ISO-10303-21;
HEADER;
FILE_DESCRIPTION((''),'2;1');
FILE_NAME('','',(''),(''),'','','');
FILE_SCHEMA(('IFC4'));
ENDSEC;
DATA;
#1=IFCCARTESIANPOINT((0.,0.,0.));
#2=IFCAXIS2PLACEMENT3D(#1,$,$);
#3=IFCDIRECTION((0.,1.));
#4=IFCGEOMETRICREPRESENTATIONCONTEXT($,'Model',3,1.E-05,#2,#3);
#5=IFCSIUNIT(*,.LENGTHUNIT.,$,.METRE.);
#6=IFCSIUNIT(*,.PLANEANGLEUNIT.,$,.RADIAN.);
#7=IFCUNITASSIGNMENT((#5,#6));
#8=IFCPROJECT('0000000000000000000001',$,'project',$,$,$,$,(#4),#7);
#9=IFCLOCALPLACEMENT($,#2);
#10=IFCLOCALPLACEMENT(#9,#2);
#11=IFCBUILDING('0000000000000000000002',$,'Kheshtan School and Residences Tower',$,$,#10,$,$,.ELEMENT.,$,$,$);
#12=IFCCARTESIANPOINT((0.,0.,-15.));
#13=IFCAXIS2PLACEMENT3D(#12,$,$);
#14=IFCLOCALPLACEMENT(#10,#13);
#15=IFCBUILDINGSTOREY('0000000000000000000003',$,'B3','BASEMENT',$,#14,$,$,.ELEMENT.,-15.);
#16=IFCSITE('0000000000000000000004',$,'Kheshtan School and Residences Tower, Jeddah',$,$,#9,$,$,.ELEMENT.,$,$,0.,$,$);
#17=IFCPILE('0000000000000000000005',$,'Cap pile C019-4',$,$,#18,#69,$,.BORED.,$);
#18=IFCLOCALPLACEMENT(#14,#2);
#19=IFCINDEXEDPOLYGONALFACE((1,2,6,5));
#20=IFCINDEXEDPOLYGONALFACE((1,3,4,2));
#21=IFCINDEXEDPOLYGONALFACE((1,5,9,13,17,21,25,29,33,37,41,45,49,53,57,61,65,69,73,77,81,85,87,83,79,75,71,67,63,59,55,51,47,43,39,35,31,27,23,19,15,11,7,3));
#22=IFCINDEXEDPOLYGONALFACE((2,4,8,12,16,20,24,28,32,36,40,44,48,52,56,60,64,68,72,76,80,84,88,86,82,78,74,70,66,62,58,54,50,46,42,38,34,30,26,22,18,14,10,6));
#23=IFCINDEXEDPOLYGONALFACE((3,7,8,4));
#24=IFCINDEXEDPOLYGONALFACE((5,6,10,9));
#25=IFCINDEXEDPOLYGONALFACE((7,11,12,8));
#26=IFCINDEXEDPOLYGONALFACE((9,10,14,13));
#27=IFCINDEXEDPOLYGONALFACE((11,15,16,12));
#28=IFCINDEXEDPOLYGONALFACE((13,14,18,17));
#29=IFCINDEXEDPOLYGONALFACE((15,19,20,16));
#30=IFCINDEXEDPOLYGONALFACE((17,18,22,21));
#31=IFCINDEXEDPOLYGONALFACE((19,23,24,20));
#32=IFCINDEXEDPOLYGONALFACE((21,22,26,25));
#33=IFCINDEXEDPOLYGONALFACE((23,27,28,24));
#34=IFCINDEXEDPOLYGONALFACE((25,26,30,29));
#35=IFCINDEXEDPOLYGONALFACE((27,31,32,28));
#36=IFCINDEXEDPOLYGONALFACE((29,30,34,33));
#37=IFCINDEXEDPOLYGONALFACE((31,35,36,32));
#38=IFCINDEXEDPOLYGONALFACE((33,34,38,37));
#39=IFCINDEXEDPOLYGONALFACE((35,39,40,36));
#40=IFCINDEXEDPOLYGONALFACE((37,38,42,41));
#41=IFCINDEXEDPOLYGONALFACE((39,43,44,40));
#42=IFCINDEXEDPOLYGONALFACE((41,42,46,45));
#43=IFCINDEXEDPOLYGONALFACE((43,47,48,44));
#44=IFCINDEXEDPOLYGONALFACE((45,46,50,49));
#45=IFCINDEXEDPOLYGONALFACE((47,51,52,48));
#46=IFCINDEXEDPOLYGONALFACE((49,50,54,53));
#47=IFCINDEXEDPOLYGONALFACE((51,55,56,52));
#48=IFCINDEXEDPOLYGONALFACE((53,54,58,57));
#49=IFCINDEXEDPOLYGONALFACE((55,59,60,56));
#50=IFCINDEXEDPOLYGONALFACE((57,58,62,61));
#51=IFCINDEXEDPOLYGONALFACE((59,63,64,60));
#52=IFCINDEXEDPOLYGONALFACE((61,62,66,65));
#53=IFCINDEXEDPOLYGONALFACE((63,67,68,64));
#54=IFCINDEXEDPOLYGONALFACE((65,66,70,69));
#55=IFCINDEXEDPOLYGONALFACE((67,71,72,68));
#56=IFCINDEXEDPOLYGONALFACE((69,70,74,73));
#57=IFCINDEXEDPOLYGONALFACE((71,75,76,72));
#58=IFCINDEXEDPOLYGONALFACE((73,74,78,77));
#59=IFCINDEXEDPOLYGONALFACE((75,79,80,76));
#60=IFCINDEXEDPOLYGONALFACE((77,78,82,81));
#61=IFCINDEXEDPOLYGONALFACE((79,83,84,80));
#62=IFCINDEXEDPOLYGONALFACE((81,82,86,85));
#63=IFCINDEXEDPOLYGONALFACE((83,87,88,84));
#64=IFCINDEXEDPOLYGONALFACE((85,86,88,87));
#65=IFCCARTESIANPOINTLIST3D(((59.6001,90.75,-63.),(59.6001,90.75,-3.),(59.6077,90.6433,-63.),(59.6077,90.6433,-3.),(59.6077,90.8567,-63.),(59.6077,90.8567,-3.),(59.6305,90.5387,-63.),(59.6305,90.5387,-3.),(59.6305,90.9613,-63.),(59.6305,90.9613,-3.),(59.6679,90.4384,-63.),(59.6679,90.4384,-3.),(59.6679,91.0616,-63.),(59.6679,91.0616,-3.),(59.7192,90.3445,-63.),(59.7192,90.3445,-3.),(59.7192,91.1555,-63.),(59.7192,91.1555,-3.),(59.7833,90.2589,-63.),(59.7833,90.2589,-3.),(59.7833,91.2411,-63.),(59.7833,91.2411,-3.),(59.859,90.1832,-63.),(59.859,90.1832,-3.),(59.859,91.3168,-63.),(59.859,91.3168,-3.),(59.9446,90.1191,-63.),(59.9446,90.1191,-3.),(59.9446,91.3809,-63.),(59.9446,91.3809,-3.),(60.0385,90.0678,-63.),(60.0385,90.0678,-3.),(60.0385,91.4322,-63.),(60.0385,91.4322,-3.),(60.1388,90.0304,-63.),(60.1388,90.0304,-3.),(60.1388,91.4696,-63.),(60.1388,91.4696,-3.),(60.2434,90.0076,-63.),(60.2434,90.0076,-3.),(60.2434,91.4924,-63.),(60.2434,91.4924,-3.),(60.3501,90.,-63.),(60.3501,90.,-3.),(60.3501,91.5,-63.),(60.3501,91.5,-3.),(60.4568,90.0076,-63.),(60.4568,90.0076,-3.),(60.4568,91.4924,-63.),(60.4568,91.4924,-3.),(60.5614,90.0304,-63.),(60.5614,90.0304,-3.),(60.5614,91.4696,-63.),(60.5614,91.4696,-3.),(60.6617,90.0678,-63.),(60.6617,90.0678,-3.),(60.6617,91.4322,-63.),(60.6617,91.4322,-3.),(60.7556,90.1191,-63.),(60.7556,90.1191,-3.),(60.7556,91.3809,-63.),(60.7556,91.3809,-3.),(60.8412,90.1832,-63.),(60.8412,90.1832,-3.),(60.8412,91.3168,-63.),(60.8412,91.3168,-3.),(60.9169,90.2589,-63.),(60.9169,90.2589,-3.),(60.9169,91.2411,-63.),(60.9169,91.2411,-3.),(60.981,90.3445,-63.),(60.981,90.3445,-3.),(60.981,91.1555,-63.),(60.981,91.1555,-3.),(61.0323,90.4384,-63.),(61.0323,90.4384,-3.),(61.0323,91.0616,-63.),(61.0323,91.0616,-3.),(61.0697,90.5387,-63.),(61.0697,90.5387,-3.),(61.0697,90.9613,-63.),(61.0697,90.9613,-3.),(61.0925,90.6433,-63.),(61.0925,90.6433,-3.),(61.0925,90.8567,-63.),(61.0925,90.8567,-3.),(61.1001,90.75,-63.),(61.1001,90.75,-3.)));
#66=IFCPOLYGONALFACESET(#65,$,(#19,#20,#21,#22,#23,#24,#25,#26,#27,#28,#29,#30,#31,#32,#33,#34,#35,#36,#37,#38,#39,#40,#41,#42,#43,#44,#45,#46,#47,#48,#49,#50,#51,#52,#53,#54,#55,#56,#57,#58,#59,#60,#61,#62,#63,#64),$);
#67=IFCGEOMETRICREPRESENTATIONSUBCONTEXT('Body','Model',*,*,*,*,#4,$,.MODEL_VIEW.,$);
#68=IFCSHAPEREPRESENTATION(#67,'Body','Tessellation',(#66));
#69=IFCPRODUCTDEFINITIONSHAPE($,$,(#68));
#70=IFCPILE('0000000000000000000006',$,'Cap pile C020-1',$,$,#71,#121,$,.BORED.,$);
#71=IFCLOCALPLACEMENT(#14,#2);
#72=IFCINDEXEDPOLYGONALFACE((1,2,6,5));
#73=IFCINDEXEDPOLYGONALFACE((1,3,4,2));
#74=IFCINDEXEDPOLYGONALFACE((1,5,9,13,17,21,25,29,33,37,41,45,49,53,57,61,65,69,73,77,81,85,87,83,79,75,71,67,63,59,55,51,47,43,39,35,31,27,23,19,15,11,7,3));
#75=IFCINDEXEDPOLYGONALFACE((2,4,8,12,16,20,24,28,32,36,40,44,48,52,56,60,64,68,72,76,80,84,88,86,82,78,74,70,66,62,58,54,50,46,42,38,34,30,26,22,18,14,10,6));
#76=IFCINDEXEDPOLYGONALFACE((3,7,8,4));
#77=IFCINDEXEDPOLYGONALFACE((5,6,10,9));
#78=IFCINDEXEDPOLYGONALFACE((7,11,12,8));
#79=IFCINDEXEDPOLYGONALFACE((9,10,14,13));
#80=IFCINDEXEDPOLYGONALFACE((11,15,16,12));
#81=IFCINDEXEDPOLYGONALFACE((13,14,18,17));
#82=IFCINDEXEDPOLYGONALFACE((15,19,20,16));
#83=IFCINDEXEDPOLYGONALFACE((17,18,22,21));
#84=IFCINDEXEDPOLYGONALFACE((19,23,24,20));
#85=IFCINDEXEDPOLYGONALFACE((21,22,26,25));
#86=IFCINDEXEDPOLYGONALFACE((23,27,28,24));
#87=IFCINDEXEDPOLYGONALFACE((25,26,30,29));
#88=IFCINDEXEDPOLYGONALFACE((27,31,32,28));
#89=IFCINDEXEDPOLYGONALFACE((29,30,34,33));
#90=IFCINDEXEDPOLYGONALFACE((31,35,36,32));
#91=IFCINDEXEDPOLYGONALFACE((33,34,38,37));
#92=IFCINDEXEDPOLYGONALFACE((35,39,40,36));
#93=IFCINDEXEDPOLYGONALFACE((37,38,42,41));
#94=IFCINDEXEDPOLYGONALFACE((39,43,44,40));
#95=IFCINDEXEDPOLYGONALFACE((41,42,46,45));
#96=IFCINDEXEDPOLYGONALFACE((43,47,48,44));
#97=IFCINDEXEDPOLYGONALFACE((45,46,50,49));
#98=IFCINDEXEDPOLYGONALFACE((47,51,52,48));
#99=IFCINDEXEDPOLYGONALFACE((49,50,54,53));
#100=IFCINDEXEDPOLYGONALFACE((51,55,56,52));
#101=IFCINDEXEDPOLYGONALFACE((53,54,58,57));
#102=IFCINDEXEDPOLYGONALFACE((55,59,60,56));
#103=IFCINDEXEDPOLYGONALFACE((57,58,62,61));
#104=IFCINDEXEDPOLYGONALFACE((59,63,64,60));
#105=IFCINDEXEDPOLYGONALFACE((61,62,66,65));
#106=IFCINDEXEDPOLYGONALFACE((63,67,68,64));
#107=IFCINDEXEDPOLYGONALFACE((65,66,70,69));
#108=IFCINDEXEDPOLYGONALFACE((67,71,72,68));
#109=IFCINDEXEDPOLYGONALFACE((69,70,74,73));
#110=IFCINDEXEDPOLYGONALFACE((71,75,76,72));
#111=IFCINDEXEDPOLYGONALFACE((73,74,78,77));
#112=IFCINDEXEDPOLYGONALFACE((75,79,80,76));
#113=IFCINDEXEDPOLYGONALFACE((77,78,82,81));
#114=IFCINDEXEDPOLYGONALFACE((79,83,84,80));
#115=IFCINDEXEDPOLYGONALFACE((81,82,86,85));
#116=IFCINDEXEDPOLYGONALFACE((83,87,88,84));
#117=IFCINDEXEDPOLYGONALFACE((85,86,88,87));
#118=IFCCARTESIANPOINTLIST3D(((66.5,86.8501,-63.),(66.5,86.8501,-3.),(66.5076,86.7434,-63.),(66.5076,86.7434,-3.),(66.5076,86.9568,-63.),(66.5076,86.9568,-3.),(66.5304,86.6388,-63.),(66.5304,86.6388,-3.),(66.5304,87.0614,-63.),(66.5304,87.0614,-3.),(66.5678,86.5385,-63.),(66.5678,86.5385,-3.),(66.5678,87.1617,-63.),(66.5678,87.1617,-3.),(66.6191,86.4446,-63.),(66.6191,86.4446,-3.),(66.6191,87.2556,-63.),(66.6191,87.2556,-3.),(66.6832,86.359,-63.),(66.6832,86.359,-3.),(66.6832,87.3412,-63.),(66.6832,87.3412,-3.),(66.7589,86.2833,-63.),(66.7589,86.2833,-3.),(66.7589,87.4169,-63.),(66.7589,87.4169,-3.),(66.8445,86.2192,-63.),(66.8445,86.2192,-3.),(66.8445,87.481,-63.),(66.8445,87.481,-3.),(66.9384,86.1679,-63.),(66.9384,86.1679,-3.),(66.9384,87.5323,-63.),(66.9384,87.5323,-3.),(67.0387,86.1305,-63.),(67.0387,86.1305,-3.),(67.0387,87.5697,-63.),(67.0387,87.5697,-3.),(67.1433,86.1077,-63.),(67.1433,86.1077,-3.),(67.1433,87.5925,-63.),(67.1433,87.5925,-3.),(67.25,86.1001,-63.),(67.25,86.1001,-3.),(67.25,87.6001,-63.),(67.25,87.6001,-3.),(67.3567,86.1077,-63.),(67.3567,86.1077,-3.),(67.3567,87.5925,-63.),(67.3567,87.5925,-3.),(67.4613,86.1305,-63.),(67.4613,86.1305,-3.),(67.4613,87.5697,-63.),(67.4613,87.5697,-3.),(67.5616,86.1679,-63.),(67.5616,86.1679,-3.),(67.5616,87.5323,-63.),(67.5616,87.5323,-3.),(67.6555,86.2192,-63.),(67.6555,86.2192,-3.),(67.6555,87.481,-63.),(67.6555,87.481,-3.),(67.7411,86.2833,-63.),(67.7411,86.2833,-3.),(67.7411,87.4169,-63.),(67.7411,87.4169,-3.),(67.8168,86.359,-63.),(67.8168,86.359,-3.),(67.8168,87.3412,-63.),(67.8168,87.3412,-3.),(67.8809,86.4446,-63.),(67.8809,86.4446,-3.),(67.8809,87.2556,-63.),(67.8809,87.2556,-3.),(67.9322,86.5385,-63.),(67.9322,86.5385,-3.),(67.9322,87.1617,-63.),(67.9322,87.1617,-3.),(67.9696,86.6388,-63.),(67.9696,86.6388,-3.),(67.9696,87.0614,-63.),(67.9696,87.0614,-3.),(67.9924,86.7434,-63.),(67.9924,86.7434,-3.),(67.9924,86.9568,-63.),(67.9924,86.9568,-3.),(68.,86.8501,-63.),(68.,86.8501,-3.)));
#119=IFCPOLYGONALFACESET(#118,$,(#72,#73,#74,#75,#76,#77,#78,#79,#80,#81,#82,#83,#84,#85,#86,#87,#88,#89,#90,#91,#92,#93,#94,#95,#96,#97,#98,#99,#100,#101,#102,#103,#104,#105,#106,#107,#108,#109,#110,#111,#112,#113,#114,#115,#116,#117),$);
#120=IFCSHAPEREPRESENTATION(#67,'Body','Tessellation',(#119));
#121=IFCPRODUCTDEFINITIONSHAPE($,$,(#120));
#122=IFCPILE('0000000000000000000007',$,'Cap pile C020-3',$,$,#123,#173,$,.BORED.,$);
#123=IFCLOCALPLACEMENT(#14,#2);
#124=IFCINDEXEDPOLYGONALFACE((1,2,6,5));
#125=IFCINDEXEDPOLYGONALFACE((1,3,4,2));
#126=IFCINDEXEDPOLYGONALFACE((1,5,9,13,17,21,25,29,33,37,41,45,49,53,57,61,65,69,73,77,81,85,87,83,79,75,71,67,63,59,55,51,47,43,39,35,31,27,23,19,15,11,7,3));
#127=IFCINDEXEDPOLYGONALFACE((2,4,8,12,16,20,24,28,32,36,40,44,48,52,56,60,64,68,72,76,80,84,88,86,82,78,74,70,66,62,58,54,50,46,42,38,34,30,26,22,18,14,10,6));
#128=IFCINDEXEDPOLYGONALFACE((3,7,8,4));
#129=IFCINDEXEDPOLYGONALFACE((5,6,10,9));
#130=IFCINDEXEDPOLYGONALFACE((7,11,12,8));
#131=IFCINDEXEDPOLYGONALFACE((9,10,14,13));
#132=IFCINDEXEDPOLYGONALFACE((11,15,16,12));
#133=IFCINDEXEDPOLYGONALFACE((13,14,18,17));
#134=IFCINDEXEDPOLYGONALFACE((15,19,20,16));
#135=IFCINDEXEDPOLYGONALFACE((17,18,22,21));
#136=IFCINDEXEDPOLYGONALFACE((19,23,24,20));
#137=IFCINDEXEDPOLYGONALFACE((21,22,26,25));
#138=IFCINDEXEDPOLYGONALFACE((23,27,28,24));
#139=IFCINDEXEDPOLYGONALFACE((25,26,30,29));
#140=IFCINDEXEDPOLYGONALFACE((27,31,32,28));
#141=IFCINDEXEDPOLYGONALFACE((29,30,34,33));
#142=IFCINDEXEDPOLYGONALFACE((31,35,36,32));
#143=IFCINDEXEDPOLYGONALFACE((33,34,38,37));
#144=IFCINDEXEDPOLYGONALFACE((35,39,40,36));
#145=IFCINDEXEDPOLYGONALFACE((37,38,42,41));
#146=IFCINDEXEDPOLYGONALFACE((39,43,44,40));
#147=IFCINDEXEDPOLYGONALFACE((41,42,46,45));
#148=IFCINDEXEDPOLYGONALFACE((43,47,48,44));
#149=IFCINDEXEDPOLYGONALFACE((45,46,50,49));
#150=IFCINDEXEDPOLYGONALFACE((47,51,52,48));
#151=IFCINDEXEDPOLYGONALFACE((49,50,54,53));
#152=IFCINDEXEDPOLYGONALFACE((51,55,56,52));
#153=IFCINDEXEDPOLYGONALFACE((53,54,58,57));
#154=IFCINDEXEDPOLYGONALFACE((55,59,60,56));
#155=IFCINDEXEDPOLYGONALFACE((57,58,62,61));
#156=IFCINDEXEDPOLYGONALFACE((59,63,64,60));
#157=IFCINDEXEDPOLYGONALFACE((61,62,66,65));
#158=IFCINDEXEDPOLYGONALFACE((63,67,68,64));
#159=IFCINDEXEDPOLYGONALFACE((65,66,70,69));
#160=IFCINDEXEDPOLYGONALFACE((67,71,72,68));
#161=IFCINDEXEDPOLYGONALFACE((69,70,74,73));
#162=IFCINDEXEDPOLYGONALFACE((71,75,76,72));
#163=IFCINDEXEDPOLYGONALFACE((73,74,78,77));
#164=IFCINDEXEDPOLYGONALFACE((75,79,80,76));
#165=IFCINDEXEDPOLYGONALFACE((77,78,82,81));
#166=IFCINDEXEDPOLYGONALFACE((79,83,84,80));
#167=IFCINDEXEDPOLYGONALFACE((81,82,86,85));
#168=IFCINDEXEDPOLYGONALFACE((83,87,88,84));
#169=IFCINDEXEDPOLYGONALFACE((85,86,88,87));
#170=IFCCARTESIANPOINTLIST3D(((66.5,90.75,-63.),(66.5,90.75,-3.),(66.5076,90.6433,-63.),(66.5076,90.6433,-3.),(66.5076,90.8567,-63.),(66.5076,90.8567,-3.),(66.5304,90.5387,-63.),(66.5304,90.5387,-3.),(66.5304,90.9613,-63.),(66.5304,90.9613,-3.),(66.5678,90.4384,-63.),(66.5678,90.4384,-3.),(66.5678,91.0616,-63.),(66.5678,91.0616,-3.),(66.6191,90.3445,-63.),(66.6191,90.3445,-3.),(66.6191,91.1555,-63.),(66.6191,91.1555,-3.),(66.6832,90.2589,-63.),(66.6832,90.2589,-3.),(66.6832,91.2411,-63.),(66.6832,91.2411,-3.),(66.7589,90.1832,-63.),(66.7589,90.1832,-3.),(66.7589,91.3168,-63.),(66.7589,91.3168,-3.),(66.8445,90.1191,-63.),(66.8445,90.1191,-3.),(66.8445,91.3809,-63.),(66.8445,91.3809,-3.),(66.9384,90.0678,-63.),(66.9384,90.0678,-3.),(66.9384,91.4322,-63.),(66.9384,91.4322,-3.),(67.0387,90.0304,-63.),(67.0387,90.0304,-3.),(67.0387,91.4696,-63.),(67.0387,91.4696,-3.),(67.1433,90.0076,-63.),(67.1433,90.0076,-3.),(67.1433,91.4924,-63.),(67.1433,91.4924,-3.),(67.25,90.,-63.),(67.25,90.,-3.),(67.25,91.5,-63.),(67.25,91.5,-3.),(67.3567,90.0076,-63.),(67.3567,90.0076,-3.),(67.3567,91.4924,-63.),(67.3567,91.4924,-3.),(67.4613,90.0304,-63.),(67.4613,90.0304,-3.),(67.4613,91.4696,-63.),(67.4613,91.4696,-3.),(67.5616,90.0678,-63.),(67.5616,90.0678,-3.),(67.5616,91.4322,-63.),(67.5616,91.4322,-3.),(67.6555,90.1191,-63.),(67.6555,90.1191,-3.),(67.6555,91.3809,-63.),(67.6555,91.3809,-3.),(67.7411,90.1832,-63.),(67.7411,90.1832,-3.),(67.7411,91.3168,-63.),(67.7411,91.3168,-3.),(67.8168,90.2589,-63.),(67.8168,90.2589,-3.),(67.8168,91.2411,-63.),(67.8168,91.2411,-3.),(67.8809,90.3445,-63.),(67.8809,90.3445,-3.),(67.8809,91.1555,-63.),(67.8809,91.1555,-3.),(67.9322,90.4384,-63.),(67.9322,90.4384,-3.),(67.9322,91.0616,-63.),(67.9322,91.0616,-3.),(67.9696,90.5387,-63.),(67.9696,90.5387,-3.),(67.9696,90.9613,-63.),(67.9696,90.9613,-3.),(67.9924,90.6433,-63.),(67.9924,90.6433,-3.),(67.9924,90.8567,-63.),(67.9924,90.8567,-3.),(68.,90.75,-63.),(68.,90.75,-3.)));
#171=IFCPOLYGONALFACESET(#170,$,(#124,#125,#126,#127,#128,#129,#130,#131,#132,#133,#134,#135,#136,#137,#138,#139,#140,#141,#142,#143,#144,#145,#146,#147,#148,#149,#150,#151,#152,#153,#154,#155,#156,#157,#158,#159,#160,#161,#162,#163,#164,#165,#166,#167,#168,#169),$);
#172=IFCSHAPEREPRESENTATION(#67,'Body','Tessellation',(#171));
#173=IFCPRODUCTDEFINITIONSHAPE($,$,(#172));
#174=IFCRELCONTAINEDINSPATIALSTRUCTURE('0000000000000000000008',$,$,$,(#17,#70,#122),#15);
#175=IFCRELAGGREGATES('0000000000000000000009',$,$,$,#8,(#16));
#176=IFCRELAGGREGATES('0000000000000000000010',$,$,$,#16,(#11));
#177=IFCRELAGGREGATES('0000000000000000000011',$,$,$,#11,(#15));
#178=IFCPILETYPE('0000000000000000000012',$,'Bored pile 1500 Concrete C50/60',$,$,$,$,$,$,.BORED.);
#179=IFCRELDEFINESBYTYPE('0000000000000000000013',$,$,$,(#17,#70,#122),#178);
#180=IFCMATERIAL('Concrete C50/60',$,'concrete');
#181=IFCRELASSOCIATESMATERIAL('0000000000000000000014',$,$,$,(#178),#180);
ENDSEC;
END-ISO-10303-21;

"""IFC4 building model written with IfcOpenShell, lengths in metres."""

from ifc_helpers import new_model, si_unit, direction, frame, origin, origin_2d, place, context, subcontext, project, spatial, circle, extrude, material, material_profile, profile_set, type_object, element, save


model = new_model("IFC4")

# Units and contexts
model_context = context("Model", 3, precision=1e-05, world=origin(), true_north=direction((0.0, 1.0)))
body_context = subcontext(model_context, "Body", "Model", "MODEL_VIEW")
ifc_project = project(units=[si_unit("LENGTHUNIT", "METRE"), si_unit("PLANEANGLEUNIT", "RADIAN")], contexts=[model_context])

# Site, building, storey
site_placement = place(None, origin())
site = spatial("IfcSite", under=ifc_project, at=site_placement, Name="Kheshtan School and Residences Tower, Jeddah", CompositionType="ELEMENT", RefElevation=0.0)
building_placement = place(site_placement, origin())
building = spatial("IfcBuilding", under=site, at=building_placement, Name="Kheshtan School and Residences Tower", CompositionType="ELEMENT")
storey_placement = place(building_placement, frame((0.0, 0.0, -15.0)))
storey = spatial("IfcBuildingStorey", under=building, at=storey_placement, Name="B3", Description="BASEMENT", CompositionType="ELEMENT", Elevation=-15.0)

# Piles
ifc_material_1 = material(Name="Concrete C50/60", Category="concrete")
ifc_material_profile_1 = material_profile(ifc_material_1, circle(Radius=0.75, at=origin_2d()), Name="BP 1500")
ifc_profile_set_1 = profile_set([ifc_material_profile_1], Name="Concrete C50/60")
pile_type_1 = type_object("IfcPileType", Name="Bored pile 1500 Concrete C50/60", PredefinedType="BORED", material=ifc_profile_set_1)
for number, where, z_axis, x_axis, name in (
    (1, (60.3501, 90.75, -3.0), (0.0, 0.0, -1.0), (1.0, 0.0, 0.0), "Cap pile C019-4"),
    (2, (67.25, 86.8501, -3.0), (0.0, 0.0, -1.0), (1.0, 0.0, 0.0), "Cap pile C020-1"),
    (3, (67.25, 90.75, -3.0), (0.0, 0.0, -1.0), (1.0, 0.0, 0.0), "Cap pile C020-3"),
):
    element("IfcPile", number, at=place(storey_placement, frame(where, z_axis=z_axis, x_axis=x_axis)), inside=storey, type_object=pile_type_1, Name=name, PredefinedType="BORED", context=body_context, shape_type="SweptSolid", body=[
        extrude(circle(Radius=0.75, at=origin_2d()), origin(), (0.0, 0.0, 1.0), 60.0),
    ])

save(model, "model.ifc")
